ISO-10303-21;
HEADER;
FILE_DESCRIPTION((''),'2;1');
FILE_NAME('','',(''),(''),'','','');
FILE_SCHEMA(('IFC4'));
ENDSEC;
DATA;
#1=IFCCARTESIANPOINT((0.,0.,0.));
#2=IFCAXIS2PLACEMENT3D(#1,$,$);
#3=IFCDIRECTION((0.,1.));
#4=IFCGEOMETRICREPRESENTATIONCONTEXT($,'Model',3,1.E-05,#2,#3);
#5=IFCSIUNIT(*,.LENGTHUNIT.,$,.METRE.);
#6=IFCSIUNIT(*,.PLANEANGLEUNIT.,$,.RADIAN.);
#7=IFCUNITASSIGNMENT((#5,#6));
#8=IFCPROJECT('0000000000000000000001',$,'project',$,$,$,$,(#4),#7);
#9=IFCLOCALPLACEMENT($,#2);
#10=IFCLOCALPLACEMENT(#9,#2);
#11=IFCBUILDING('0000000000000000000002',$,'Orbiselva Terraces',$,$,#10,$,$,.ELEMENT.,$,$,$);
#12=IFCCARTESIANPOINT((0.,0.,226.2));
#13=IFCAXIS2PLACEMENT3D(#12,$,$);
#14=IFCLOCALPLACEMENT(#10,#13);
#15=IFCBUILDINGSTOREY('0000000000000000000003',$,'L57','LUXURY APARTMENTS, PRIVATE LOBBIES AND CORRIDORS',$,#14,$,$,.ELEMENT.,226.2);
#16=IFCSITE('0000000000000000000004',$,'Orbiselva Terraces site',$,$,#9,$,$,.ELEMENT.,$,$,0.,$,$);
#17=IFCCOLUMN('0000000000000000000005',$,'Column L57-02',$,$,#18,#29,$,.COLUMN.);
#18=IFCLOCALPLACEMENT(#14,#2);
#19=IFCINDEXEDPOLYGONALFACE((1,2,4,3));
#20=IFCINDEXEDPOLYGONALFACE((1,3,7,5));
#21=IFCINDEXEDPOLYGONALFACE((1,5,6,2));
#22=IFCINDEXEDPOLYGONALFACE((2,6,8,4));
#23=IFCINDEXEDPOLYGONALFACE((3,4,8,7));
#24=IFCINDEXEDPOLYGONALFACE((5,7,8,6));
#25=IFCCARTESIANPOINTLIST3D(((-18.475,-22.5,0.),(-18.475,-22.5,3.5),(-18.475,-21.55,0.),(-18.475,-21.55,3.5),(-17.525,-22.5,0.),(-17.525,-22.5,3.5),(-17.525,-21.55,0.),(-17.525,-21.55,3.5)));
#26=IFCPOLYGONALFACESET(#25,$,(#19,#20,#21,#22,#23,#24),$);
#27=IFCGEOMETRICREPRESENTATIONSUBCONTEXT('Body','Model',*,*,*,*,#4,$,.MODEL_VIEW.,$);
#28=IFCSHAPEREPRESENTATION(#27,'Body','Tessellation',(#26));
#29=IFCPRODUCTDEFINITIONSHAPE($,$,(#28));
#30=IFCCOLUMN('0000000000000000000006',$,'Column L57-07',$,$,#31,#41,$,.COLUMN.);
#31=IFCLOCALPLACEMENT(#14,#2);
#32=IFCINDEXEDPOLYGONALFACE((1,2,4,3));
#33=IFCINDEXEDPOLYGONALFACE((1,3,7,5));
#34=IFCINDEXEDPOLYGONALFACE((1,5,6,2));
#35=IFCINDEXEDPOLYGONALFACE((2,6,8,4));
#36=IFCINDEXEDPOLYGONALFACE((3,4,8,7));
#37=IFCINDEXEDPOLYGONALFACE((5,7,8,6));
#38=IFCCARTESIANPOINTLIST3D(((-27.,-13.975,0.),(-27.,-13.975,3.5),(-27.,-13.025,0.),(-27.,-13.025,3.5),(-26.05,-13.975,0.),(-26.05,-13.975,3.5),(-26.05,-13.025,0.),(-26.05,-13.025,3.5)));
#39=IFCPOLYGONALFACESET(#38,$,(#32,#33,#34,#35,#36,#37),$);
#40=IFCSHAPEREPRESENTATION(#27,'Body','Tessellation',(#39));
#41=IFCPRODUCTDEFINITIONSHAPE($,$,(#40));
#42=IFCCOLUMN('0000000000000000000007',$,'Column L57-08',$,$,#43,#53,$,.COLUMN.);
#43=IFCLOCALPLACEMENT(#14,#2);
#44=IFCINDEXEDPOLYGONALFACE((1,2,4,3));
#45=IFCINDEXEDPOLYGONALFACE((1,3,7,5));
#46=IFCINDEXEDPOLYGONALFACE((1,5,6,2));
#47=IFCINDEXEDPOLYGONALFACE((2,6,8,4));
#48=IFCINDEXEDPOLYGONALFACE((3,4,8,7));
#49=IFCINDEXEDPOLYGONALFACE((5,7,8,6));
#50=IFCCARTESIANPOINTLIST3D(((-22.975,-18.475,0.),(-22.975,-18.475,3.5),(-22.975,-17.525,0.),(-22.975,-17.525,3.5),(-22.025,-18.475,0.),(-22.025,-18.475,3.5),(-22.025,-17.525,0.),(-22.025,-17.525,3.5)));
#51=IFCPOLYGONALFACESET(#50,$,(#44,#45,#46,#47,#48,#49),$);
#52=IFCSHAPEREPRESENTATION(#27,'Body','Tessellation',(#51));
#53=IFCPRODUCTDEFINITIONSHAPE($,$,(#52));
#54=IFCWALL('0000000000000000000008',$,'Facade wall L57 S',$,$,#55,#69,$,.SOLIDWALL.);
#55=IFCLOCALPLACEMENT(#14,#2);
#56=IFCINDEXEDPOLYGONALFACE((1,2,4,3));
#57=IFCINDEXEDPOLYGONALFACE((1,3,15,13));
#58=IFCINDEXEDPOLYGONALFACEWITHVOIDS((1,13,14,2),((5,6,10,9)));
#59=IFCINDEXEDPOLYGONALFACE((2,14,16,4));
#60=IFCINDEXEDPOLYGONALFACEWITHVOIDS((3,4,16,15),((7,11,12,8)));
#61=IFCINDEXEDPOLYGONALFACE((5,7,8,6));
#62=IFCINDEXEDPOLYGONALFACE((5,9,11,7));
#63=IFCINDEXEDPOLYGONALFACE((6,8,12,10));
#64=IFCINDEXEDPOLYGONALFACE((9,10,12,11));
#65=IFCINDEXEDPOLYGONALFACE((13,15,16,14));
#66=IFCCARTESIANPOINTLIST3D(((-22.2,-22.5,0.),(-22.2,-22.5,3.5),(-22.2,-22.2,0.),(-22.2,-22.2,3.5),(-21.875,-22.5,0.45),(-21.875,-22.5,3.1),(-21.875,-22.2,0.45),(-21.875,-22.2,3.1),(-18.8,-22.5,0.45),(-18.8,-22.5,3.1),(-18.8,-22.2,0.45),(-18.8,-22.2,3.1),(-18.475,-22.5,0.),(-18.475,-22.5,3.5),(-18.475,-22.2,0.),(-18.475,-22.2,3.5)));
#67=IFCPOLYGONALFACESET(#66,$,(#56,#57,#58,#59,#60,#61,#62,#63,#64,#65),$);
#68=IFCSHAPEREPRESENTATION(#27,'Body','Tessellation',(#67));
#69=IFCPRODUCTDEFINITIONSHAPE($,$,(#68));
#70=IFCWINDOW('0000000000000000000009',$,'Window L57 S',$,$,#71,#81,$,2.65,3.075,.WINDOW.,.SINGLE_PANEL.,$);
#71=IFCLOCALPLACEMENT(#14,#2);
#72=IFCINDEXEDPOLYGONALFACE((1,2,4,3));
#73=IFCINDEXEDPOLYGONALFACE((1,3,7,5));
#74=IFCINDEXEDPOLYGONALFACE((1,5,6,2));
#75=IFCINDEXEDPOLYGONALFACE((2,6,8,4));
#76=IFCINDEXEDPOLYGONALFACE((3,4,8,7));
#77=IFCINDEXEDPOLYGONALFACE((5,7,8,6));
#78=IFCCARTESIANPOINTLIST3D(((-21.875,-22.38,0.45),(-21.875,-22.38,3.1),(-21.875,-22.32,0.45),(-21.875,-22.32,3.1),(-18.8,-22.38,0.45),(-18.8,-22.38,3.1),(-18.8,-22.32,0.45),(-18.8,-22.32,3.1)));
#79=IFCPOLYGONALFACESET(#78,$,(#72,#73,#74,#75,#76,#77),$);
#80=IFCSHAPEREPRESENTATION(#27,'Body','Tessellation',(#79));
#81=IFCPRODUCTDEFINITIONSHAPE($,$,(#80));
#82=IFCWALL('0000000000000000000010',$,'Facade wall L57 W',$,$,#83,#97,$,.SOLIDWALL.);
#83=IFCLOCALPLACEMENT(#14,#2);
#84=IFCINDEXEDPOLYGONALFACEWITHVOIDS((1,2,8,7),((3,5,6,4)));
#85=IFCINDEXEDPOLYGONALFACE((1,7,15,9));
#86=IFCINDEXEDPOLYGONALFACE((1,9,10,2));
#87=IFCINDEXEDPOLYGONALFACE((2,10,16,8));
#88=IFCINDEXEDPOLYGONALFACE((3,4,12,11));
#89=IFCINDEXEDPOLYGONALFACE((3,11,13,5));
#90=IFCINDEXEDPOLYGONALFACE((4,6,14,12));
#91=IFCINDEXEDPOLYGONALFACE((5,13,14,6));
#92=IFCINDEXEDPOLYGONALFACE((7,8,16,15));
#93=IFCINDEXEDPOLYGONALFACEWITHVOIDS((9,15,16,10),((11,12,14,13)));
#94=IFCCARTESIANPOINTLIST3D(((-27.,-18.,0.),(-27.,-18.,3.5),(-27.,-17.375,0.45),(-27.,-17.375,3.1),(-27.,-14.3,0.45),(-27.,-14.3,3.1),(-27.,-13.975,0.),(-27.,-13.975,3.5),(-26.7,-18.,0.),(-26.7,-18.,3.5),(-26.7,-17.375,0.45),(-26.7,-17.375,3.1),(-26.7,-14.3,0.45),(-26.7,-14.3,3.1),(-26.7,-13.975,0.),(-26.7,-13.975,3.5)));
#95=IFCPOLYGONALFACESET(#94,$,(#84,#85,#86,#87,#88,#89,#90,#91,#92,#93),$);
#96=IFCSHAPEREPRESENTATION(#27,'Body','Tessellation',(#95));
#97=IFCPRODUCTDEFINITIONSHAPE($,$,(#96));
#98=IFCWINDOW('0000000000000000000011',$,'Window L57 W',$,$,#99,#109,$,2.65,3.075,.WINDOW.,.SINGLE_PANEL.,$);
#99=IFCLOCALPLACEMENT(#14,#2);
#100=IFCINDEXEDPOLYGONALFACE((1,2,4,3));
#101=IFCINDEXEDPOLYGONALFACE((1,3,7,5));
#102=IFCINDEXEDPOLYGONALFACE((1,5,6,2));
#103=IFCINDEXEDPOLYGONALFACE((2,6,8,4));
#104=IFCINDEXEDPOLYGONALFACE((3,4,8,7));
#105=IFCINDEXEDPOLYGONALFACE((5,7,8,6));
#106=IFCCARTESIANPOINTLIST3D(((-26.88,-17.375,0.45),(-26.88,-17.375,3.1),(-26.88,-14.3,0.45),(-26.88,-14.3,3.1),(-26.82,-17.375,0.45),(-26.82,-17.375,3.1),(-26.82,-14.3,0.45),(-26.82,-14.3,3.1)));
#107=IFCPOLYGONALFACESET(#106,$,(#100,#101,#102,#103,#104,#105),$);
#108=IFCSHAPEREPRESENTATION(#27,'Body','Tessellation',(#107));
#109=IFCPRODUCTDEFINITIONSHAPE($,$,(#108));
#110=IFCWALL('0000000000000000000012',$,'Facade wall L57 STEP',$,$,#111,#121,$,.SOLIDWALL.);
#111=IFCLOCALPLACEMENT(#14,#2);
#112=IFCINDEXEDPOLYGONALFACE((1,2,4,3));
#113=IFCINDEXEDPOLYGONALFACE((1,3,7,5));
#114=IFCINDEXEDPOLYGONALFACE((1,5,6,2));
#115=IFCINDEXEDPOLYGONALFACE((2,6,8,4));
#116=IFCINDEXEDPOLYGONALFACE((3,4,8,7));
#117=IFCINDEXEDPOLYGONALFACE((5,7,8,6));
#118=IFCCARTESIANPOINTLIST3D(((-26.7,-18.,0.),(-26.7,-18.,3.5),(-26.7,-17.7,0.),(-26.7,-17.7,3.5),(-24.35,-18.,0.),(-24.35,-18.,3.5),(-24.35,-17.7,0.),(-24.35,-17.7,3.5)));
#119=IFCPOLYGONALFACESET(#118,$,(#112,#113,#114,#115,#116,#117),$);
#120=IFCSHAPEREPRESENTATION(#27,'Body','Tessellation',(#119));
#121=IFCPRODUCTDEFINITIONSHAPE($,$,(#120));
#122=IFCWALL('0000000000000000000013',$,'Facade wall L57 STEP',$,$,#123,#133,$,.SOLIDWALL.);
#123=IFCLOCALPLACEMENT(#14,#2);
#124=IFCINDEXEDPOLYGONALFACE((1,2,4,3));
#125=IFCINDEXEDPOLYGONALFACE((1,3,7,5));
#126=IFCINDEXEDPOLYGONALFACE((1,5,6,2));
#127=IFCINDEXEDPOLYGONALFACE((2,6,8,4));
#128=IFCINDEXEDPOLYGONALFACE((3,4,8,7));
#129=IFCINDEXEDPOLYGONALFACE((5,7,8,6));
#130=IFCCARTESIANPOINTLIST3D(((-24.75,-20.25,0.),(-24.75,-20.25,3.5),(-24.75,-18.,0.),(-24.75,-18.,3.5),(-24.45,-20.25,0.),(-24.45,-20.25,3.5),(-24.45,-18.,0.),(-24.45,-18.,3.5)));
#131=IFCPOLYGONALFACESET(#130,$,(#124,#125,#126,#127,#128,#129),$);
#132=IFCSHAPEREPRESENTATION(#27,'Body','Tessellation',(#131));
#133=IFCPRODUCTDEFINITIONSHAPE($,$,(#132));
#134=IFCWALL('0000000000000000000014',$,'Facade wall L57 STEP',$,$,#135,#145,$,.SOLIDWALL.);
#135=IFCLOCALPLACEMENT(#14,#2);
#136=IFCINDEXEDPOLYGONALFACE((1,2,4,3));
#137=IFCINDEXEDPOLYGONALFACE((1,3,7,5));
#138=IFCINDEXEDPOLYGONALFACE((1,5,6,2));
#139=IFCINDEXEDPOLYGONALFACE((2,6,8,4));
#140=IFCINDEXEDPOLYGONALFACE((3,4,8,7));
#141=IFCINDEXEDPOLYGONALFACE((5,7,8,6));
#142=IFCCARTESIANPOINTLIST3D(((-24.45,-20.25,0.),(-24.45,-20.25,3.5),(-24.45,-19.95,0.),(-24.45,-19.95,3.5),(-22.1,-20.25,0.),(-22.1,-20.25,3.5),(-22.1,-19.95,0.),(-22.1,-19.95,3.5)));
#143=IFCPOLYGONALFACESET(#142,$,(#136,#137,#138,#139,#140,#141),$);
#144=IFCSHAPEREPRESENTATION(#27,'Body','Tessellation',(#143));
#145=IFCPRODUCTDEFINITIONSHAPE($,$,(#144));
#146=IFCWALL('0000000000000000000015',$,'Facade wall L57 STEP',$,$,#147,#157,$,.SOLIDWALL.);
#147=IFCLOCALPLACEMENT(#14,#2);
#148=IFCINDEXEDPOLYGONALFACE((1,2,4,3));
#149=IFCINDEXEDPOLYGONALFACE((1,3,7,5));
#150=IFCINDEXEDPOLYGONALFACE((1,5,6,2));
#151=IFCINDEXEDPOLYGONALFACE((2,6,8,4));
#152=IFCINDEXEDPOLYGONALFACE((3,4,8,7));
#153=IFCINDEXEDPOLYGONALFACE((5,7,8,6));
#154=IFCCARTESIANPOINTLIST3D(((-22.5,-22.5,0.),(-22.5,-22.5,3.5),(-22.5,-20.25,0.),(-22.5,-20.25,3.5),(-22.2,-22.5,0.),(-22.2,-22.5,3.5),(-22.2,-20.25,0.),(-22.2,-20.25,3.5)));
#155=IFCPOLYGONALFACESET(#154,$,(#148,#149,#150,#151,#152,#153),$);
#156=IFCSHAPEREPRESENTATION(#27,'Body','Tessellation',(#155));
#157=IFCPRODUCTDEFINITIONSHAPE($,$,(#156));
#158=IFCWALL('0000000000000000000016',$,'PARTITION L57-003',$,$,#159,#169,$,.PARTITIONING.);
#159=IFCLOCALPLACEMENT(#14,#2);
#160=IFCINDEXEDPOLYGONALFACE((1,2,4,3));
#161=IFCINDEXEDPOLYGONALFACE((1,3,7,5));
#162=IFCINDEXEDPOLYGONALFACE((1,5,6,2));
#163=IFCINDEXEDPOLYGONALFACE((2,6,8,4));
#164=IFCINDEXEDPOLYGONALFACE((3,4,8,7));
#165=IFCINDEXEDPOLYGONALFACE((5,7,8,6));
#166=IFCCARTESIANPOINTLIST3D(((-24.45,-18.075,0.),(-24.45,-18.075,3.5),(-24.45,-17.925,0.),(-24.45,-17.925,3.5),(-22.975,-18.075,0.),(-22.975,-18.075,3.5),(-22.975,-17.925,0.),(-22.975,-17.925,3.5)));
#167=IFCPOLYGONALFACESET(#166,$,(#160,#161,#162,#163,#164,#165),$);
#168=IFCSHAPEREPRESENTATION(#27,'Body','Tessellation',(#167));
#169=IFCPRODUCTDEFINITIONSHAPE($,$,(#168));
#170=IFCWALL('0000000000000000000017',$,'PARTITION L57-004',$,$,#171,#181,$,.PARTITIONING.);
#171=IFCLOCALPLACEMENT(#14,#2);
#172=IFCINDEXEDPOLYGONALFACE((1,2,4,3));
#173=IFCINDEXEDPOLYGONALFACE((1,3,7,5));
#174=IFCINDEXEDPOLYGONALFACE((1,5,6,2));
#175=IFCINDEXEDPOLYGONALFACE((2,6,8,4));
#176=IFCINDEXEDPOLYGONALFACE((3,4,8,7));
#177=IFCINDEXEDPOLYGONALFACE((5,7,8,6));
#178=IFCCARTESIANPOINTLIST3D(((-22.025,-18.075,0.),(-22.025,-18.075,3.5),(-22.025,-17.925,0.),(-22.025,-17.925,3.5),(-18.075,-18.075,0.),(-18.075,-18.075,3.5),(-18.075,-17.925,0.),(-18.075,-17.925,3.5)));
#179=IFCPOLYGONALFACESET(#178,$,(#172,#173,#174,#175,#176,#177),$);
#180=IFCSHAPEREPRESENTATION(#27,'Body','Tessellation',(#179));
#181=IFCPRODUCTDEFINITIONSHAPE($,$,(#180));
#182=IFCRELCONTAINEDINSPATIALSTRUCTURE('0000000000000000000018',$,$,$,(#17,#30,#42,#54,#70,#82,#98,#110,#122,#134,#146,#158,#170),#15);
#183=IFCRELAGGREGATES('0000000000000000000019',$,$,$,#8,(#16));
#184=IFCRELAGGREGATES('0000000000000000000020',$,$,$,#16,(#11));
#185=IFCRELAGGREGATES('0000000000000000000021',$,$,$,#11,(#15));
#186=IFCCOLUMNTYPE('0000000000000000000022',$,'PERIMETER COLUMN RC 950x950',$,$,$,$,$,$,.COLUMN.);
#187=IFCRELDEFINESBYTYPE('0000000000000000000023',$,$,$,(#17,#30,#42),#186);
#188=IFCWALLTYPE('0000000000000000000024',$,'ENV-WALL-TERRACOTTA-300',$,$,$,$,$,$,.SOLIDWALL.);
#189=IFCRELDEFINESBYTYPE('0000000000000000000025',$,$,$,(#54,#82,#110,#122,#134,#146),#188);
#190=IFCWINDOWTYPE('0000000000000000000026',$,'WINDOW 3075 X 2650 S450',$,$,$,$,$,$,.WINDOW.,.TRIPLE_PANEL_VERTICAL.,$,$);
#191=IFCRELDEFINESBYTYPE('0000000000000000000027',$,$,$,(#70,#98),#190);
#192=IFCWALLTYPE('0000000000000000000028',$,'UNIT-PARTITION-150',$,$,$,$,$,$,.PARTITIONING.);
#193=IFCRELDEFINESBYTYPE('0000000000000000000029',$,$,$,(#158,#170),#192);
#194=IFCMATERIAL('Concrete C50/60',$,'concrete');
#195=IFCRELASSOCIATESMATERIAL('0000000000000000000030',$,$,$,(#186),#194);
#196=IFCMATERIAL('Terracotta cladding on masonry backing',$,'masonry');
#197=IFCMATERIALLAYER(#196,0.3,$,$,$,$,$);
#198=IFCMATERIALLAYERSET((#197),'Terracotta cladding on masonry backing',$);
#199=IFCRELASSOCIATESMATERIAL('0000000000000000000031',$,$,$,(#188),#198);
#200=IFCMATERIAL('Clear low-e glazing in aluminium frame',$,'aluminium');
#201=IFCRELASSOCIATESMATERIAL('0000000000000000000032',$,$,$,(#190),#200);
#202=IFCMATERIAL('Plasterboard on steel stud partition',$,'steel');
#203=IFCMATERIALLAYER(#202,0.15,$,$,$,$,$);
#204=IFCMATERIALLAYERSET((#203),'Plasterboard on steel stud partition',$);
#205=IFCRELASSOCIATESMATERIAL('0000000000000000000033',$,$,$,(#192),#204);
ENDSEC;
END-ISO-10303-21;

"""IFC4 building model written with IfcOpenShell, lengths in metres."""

from ifc_helpers import new_model, si_unit, direction, frame, frame_2d, origin, origin_2d, place, context, subcontext, project, spatial, rectangle, extrude, material, layer, layer_set, material_profile, profile_set, type_object, element, fill, save


model = new_model("IFC4")

# Units and contexts
model_context = context("Model", 3, precision=1e-05, world=origin(), true_north=direction((0.0, 1.0)))
body_context = subcontext(model_context, "Body", "Model", "MODEL_VIEW")
ifc_project = project(units=[si_unit("LENGTHUNIT", "METRE"), si_unit("PLANEANGLEUNIT", "RADIAN")], contexts=[model_context])

# Site, building, storey
site_placement = place(None, origin())
site = spatial("IfcSite", under=ifc_project, at=site_placement, Name="Orbiselva Terraces site", CompositionType="ELEMENT", RefElevation=0.0)
building_placement = place(site_placement, origin())
building = spatial("IfcBuilding", under=site, at=building_placement, Name="Orbiselva Terraces", CompositionType="ELEMENT")
storey_placement = place(building_placement, frame((0.0, 0.0, 226.2)))
storey = spatial("IfcBuildingStorey", under=building, at=storey_placement, Name="L57", Description="LUXURY APARTMENTS, PRIVATE LOBBIES AND CORRIDORS", CompositionType="ELEMENT", Elevation=226.2)

# Columns
ifc_material_1 = material(Name="Concrete C50/60", Category="concrete")
ifc_material_profile = material_profile(ifc_material_1, rectangle(XDim=0.95, YDim=0.95, at=origin_2d()), Name="RC 950x950")
ifc_profile_set = profile_set([ifc_material_profile], Name="Concrete C50/60")
column_type = type_object("IfcColumnType", Name="PERIMETER COLUMN RC 950x950", PredefinedType="COLUMN", material=ifc_profile_set)
for number, where, z_axis, x_axis, name in (
    (1, (-18.0, -22.025, 0.0), (0.0, 0.0, 1.0), (1.0, 0.0, 0.0), "Column L57-02"),
    (2, (-26.525, -13.5, 0.0), (0.0, 0.0, 1.0), (1.0, 0.0, 0.0), "Column L57-07"),
    (3, (-22.5, -18.0, 0.0), (0.0, 0.0, 1.0), (1.0, 0.0, 0.0), "Column L57-08"),
):
    element("IfcColumn", number, at=place(storey_placement, frame(where, z_axis=z_axis, x_axis=x_axis)), inside=storey, type_object=column_type, Name=name, PredefinedType="COLUMN", context=body_context, shape_type="SweptSolid", body=[
        extrude(rectangle(XDim=0.95, YDim=0.95, at=origin_2d()), origin(), (0.0, 0.0, 1.0), 3.5),
    ])

# Walls, openings, windows
ifc_material_2 = material(Name="Terracotta cladding on masonry backing", Category="masonry")
ifc_layer_1 = layer(ifc_material_2, 0.3)
ifc_layer_set_1 = layer_set([ifc_layer_1], Name="Terracotta cladding on masonry backing")
wall_type_1 = type_object("IfcWallType", Name="ENV-WALL-TERRACOTTA-300", PredefinedType="SOLIDWALL", material=ifc_layer_set_1)
wall_1_placement = place(storey_placement, frame((-18.475, -22.35, 0.0), z_axis=(0.0, 0.0, 1.0), x_axis=(-1.0, 0.0, 0.0)))
wall_1 = element("IfcWall", 4, at=wall_1_placement, inside=storey, type_object=wall_type_1, Name="Facade wall L57 S", PredefinedType="SOLIDWALL", context=body_context, shape_type="SweptSolid", body=[
    extrude(rectangle(XDim=3.725, YDim=0.3, at=frame_2d((1.8625, 0.0))), origin(), (0.0, 0.0, 1.0), 3.5),
])
opening_1_placement = place(wall_1_placement, frame((0.325, 0.0, 0.45)))
opening_1 = element("IfcOpeningElement", 5, at=opening_1_placement, cuts=wall_1, PredefinedType="OPENING", context=body_context, shape_type="SweptSolid", body=[
    extrude(rectangle(XDim=3.075, YDim=2.65, at=frame_2d((1.5375, 1.325))), frame((0.0, 0.16, 0.0), z_axis=(0.0, -1.0, 0.0), x_axis=(1.0, 0.0, 0.0)), (0.0, 0.0, 1.0), 0.32),
])
ifc_material_3 = material(Name="Clear low-e glazing in aluminium frame", Category="aluminium")
window_type = type_object("IfcWindowType", Name="WINDOW 3075 X 2650 S450", PartitioningType="TRIPLE_PANEL_VERTICAL", PredefinedType="WINDOW", material=ifc_material_3)
window_1_placement = place(opening_1_placement, origin())
window_1 = element("IfcWindow", 6, at=window_1_placement, inside=storey, type_object=window_type, Name="Window L57 S", OverallHeight=2.65, OverallWidth=3.075, PartitioningType="SINGLE_PANEL", PredefinedType="WINDOW", context=body_context, shape_type="SweptSolid", body=[
    extrude(rectangle(XDim=3.075, YDim=2.65, at=frame_2d((1.5375, 1.325))), frame((0.0, 0.03, 0.0), z_axis=(0.0, -1.0, 0.0), x_axis=(1.0, 0.0, 0.0)), (0.0, 0.0, 1.0), 0.06),
])
fill(opening_1, window_1)
wall_2_placement = place(storey_placement, frame((-26.85, -18.0, 0.0), z_axis=(0.0, 0.0, 1.0), x_axis=(0.0, 1.0, 0.0)))
wall_2 = element("IfcWall", 7, at=wall_2_placement, inside=storey, type_object=wall_type_1, Name="Facade wall L57 W", PredefinedType="SOLIDWALL", context=body_context, shape_type="SweptSolid", body=[
    extrude(rectangle(XDim=4.025, YDim=0.3, at=frame_2d((2.0125, 0.0))), origin(), (0.0, 0.0, 1.0), 3.5),
])
opening_2_placement = place(wall_2_placement, frame((0.625, 0.0, 0.45)))
opening_2 = element("IfcOpeningElement", 8, at=opening_2_placement, cuts=wall_2, PredefinedType="OPENING", context=body_context, shape_type="SweptSolid", body=[
    extrude(rectangle(XDim=3.075, YDim=2.65, at=frame_2d((1.5375, 1.325))), frame((0.0, 0.16, 0.0), z_axis=(0.0, -1.0, 0.0), x_axis=(1.0, 0.0, 0.0)), (0.0, 0.0, 1.0), 0.32),
])
window_2_placement = place(opening_2_placement, origin())
window_2 = element("IfcWindow", 9, at=window_2_placement, inside=storey, type_object=window_type, Name="Window L57 W", OverallHeight=2.65, OverallWidth=3.075, PartitioningType="SINGLE_PANEL", PredefinedType="WINDOW", context=body_context, shape_type="SweptSolid", body=[
    extrude(rectangle(XDim=3.075, YDim=2.65, at=frame_2d((1.5375, 1.325))), frame((0.0, 0.03, 0.0), z_axis=(0.0, -1.0, 0.0), x_axis=(1.0, 0.0, 0.0)), (0.0, 0.0, 1.0), 0.06),
])
fill(opening_2, window_2)

# Walls
wall_3_placement = place(storey_placement, frame((-24.35, -17.85, 0.0), z_axis=(0.0, 0.0, 1.0), x_axis=(-1.0, 0.0, 0.0)))
element("IfcWall", 10, at=wall_3_placement, inside=storey, type_object=wall_type_1, Name="Facade wall L57 STEP", PredefinedType="SOLIDWALL", context=body_context, shape_type="SweptSolid", body=[
    extrude(rectangle(XDim=2.35, YDim=0.3, at=frame_2d((1.175, 0.0))), origin(), (0.0, 0.0, 1.0), 3.5),
])
wall_4_placement = place(storey_placement, frame((-24.6, -20.25, 0.0), z_axis=(0.0, 0.0, 1.0), x_axis=(0.0, 1.0, 0.0)))
element("IfcWall", 11, at=wall_4_placement, inside=storey, type_object=wall_type_1, Name="Facade wall L57 STEP", PredefinedType="SOLIDWALL", context=body_context, shape_type="SweptSolid", body=[
    extrude(rectangle(XDim=2.25, YDim=0.3, at=frame_2d((1.125, 0.0))), origin(), (0.0, 0.0, 1.0), 3.5),
])
wall_5_placement = place(storey_placement, frame((-22.1, -20.1, 0.0), z_axis=(0.0, 0.0, 1.0), x_axis=(-1.0, 0.0, 0.0)))
element("IfcWall", 12, at=wall_5_placement, inside=storey, type_object=wall_type_1, Name="Facade wall L57 STEP", PredefinedType="SOLIDWALL", context=body_context, shape_type="SweptSolid", body=[
    extrude(rectangle(XDim=2.35, YDim=0.3, at=frame_2d((1.175, 0.0))), origin(), (0.0, 0.0, 1.0), 3.5),
])
wall_6_placement = place(storey_placement, frame((-22.35, -22.5, 0.0), z_axis=(0.0, 0.0, 1.0), x_axis=(0.0, 1.0, 0.0)))
element("IfcWall", 13, at=wall_6_placement, inside=storey, type_object=wall_type_1, Name="Facade wall L57 STEP", PredefinedType="SOLIDWALL", context=body_context, shape_type="SweptSolid", body=[
    extrude(rectangle(XDim=2.25, YDim=0.3, at=frame_2d((1.125, 0.0))), origin(), (0.0, 0.0, 1.0), 3.5),
])
ifc_material_4 = material(Name="Plasterboard on steel stud partition", Category="steel")
ifc_layer_2 = layer(ifc_material_4, 0.15)
ifc_layer_set_2 = layer_set([ifc_layer_2], Name="Plasterboard on steel stud partition")
wall_type_2 = type_object("IfcWallType", Name="UNIT-PARTITION-150", PredefinedType="PARTITIONING", material=ifc_layer_set_2)
wall_7_placement = place(storey_placement, frame((-24.45, -18.0, 0.0), z_axis=(0.0, 0.0, 1.0), x_axis=(1.0, 0.0, 0.0)))
element("IfcWall", 14, at=wall_7_placement, inside=storey, type_object=wall_type_2, Name="PARTITION L57-003", PredefinedType="PARTITIONING", context=body_context, shape_type="SweptSolid", body=[
    extrude(rectangle(XDim=1.475, YDim=0.15, at=frame_2d((0.7375, 0.0))), origin(), (0.0, 0.0, 1.0), 3.5),
])
wall_8_placement = place(storey_placement, frame((-22.025, -18.0, 0.0), z_axis=(0.0, 0.0, 1.0), x_axis=(1.0, 0.0, 0.0)))
element("IfcWall", 15, at=wall_8_placement, inside=storey, type_object=wall_type_2, Name="PARTITION L57-004", PredefinedType="PARTITIONING", context=body_context, shape_type="SweptSolid", body=[
    extrude(rectangle(XDim=3.95, YDim=0.15, at=frame_2d((1.975, 0.0))), origin(), (0.0, 0.0, 1.0), 3.5),
])

save(model, "model.ifc")
